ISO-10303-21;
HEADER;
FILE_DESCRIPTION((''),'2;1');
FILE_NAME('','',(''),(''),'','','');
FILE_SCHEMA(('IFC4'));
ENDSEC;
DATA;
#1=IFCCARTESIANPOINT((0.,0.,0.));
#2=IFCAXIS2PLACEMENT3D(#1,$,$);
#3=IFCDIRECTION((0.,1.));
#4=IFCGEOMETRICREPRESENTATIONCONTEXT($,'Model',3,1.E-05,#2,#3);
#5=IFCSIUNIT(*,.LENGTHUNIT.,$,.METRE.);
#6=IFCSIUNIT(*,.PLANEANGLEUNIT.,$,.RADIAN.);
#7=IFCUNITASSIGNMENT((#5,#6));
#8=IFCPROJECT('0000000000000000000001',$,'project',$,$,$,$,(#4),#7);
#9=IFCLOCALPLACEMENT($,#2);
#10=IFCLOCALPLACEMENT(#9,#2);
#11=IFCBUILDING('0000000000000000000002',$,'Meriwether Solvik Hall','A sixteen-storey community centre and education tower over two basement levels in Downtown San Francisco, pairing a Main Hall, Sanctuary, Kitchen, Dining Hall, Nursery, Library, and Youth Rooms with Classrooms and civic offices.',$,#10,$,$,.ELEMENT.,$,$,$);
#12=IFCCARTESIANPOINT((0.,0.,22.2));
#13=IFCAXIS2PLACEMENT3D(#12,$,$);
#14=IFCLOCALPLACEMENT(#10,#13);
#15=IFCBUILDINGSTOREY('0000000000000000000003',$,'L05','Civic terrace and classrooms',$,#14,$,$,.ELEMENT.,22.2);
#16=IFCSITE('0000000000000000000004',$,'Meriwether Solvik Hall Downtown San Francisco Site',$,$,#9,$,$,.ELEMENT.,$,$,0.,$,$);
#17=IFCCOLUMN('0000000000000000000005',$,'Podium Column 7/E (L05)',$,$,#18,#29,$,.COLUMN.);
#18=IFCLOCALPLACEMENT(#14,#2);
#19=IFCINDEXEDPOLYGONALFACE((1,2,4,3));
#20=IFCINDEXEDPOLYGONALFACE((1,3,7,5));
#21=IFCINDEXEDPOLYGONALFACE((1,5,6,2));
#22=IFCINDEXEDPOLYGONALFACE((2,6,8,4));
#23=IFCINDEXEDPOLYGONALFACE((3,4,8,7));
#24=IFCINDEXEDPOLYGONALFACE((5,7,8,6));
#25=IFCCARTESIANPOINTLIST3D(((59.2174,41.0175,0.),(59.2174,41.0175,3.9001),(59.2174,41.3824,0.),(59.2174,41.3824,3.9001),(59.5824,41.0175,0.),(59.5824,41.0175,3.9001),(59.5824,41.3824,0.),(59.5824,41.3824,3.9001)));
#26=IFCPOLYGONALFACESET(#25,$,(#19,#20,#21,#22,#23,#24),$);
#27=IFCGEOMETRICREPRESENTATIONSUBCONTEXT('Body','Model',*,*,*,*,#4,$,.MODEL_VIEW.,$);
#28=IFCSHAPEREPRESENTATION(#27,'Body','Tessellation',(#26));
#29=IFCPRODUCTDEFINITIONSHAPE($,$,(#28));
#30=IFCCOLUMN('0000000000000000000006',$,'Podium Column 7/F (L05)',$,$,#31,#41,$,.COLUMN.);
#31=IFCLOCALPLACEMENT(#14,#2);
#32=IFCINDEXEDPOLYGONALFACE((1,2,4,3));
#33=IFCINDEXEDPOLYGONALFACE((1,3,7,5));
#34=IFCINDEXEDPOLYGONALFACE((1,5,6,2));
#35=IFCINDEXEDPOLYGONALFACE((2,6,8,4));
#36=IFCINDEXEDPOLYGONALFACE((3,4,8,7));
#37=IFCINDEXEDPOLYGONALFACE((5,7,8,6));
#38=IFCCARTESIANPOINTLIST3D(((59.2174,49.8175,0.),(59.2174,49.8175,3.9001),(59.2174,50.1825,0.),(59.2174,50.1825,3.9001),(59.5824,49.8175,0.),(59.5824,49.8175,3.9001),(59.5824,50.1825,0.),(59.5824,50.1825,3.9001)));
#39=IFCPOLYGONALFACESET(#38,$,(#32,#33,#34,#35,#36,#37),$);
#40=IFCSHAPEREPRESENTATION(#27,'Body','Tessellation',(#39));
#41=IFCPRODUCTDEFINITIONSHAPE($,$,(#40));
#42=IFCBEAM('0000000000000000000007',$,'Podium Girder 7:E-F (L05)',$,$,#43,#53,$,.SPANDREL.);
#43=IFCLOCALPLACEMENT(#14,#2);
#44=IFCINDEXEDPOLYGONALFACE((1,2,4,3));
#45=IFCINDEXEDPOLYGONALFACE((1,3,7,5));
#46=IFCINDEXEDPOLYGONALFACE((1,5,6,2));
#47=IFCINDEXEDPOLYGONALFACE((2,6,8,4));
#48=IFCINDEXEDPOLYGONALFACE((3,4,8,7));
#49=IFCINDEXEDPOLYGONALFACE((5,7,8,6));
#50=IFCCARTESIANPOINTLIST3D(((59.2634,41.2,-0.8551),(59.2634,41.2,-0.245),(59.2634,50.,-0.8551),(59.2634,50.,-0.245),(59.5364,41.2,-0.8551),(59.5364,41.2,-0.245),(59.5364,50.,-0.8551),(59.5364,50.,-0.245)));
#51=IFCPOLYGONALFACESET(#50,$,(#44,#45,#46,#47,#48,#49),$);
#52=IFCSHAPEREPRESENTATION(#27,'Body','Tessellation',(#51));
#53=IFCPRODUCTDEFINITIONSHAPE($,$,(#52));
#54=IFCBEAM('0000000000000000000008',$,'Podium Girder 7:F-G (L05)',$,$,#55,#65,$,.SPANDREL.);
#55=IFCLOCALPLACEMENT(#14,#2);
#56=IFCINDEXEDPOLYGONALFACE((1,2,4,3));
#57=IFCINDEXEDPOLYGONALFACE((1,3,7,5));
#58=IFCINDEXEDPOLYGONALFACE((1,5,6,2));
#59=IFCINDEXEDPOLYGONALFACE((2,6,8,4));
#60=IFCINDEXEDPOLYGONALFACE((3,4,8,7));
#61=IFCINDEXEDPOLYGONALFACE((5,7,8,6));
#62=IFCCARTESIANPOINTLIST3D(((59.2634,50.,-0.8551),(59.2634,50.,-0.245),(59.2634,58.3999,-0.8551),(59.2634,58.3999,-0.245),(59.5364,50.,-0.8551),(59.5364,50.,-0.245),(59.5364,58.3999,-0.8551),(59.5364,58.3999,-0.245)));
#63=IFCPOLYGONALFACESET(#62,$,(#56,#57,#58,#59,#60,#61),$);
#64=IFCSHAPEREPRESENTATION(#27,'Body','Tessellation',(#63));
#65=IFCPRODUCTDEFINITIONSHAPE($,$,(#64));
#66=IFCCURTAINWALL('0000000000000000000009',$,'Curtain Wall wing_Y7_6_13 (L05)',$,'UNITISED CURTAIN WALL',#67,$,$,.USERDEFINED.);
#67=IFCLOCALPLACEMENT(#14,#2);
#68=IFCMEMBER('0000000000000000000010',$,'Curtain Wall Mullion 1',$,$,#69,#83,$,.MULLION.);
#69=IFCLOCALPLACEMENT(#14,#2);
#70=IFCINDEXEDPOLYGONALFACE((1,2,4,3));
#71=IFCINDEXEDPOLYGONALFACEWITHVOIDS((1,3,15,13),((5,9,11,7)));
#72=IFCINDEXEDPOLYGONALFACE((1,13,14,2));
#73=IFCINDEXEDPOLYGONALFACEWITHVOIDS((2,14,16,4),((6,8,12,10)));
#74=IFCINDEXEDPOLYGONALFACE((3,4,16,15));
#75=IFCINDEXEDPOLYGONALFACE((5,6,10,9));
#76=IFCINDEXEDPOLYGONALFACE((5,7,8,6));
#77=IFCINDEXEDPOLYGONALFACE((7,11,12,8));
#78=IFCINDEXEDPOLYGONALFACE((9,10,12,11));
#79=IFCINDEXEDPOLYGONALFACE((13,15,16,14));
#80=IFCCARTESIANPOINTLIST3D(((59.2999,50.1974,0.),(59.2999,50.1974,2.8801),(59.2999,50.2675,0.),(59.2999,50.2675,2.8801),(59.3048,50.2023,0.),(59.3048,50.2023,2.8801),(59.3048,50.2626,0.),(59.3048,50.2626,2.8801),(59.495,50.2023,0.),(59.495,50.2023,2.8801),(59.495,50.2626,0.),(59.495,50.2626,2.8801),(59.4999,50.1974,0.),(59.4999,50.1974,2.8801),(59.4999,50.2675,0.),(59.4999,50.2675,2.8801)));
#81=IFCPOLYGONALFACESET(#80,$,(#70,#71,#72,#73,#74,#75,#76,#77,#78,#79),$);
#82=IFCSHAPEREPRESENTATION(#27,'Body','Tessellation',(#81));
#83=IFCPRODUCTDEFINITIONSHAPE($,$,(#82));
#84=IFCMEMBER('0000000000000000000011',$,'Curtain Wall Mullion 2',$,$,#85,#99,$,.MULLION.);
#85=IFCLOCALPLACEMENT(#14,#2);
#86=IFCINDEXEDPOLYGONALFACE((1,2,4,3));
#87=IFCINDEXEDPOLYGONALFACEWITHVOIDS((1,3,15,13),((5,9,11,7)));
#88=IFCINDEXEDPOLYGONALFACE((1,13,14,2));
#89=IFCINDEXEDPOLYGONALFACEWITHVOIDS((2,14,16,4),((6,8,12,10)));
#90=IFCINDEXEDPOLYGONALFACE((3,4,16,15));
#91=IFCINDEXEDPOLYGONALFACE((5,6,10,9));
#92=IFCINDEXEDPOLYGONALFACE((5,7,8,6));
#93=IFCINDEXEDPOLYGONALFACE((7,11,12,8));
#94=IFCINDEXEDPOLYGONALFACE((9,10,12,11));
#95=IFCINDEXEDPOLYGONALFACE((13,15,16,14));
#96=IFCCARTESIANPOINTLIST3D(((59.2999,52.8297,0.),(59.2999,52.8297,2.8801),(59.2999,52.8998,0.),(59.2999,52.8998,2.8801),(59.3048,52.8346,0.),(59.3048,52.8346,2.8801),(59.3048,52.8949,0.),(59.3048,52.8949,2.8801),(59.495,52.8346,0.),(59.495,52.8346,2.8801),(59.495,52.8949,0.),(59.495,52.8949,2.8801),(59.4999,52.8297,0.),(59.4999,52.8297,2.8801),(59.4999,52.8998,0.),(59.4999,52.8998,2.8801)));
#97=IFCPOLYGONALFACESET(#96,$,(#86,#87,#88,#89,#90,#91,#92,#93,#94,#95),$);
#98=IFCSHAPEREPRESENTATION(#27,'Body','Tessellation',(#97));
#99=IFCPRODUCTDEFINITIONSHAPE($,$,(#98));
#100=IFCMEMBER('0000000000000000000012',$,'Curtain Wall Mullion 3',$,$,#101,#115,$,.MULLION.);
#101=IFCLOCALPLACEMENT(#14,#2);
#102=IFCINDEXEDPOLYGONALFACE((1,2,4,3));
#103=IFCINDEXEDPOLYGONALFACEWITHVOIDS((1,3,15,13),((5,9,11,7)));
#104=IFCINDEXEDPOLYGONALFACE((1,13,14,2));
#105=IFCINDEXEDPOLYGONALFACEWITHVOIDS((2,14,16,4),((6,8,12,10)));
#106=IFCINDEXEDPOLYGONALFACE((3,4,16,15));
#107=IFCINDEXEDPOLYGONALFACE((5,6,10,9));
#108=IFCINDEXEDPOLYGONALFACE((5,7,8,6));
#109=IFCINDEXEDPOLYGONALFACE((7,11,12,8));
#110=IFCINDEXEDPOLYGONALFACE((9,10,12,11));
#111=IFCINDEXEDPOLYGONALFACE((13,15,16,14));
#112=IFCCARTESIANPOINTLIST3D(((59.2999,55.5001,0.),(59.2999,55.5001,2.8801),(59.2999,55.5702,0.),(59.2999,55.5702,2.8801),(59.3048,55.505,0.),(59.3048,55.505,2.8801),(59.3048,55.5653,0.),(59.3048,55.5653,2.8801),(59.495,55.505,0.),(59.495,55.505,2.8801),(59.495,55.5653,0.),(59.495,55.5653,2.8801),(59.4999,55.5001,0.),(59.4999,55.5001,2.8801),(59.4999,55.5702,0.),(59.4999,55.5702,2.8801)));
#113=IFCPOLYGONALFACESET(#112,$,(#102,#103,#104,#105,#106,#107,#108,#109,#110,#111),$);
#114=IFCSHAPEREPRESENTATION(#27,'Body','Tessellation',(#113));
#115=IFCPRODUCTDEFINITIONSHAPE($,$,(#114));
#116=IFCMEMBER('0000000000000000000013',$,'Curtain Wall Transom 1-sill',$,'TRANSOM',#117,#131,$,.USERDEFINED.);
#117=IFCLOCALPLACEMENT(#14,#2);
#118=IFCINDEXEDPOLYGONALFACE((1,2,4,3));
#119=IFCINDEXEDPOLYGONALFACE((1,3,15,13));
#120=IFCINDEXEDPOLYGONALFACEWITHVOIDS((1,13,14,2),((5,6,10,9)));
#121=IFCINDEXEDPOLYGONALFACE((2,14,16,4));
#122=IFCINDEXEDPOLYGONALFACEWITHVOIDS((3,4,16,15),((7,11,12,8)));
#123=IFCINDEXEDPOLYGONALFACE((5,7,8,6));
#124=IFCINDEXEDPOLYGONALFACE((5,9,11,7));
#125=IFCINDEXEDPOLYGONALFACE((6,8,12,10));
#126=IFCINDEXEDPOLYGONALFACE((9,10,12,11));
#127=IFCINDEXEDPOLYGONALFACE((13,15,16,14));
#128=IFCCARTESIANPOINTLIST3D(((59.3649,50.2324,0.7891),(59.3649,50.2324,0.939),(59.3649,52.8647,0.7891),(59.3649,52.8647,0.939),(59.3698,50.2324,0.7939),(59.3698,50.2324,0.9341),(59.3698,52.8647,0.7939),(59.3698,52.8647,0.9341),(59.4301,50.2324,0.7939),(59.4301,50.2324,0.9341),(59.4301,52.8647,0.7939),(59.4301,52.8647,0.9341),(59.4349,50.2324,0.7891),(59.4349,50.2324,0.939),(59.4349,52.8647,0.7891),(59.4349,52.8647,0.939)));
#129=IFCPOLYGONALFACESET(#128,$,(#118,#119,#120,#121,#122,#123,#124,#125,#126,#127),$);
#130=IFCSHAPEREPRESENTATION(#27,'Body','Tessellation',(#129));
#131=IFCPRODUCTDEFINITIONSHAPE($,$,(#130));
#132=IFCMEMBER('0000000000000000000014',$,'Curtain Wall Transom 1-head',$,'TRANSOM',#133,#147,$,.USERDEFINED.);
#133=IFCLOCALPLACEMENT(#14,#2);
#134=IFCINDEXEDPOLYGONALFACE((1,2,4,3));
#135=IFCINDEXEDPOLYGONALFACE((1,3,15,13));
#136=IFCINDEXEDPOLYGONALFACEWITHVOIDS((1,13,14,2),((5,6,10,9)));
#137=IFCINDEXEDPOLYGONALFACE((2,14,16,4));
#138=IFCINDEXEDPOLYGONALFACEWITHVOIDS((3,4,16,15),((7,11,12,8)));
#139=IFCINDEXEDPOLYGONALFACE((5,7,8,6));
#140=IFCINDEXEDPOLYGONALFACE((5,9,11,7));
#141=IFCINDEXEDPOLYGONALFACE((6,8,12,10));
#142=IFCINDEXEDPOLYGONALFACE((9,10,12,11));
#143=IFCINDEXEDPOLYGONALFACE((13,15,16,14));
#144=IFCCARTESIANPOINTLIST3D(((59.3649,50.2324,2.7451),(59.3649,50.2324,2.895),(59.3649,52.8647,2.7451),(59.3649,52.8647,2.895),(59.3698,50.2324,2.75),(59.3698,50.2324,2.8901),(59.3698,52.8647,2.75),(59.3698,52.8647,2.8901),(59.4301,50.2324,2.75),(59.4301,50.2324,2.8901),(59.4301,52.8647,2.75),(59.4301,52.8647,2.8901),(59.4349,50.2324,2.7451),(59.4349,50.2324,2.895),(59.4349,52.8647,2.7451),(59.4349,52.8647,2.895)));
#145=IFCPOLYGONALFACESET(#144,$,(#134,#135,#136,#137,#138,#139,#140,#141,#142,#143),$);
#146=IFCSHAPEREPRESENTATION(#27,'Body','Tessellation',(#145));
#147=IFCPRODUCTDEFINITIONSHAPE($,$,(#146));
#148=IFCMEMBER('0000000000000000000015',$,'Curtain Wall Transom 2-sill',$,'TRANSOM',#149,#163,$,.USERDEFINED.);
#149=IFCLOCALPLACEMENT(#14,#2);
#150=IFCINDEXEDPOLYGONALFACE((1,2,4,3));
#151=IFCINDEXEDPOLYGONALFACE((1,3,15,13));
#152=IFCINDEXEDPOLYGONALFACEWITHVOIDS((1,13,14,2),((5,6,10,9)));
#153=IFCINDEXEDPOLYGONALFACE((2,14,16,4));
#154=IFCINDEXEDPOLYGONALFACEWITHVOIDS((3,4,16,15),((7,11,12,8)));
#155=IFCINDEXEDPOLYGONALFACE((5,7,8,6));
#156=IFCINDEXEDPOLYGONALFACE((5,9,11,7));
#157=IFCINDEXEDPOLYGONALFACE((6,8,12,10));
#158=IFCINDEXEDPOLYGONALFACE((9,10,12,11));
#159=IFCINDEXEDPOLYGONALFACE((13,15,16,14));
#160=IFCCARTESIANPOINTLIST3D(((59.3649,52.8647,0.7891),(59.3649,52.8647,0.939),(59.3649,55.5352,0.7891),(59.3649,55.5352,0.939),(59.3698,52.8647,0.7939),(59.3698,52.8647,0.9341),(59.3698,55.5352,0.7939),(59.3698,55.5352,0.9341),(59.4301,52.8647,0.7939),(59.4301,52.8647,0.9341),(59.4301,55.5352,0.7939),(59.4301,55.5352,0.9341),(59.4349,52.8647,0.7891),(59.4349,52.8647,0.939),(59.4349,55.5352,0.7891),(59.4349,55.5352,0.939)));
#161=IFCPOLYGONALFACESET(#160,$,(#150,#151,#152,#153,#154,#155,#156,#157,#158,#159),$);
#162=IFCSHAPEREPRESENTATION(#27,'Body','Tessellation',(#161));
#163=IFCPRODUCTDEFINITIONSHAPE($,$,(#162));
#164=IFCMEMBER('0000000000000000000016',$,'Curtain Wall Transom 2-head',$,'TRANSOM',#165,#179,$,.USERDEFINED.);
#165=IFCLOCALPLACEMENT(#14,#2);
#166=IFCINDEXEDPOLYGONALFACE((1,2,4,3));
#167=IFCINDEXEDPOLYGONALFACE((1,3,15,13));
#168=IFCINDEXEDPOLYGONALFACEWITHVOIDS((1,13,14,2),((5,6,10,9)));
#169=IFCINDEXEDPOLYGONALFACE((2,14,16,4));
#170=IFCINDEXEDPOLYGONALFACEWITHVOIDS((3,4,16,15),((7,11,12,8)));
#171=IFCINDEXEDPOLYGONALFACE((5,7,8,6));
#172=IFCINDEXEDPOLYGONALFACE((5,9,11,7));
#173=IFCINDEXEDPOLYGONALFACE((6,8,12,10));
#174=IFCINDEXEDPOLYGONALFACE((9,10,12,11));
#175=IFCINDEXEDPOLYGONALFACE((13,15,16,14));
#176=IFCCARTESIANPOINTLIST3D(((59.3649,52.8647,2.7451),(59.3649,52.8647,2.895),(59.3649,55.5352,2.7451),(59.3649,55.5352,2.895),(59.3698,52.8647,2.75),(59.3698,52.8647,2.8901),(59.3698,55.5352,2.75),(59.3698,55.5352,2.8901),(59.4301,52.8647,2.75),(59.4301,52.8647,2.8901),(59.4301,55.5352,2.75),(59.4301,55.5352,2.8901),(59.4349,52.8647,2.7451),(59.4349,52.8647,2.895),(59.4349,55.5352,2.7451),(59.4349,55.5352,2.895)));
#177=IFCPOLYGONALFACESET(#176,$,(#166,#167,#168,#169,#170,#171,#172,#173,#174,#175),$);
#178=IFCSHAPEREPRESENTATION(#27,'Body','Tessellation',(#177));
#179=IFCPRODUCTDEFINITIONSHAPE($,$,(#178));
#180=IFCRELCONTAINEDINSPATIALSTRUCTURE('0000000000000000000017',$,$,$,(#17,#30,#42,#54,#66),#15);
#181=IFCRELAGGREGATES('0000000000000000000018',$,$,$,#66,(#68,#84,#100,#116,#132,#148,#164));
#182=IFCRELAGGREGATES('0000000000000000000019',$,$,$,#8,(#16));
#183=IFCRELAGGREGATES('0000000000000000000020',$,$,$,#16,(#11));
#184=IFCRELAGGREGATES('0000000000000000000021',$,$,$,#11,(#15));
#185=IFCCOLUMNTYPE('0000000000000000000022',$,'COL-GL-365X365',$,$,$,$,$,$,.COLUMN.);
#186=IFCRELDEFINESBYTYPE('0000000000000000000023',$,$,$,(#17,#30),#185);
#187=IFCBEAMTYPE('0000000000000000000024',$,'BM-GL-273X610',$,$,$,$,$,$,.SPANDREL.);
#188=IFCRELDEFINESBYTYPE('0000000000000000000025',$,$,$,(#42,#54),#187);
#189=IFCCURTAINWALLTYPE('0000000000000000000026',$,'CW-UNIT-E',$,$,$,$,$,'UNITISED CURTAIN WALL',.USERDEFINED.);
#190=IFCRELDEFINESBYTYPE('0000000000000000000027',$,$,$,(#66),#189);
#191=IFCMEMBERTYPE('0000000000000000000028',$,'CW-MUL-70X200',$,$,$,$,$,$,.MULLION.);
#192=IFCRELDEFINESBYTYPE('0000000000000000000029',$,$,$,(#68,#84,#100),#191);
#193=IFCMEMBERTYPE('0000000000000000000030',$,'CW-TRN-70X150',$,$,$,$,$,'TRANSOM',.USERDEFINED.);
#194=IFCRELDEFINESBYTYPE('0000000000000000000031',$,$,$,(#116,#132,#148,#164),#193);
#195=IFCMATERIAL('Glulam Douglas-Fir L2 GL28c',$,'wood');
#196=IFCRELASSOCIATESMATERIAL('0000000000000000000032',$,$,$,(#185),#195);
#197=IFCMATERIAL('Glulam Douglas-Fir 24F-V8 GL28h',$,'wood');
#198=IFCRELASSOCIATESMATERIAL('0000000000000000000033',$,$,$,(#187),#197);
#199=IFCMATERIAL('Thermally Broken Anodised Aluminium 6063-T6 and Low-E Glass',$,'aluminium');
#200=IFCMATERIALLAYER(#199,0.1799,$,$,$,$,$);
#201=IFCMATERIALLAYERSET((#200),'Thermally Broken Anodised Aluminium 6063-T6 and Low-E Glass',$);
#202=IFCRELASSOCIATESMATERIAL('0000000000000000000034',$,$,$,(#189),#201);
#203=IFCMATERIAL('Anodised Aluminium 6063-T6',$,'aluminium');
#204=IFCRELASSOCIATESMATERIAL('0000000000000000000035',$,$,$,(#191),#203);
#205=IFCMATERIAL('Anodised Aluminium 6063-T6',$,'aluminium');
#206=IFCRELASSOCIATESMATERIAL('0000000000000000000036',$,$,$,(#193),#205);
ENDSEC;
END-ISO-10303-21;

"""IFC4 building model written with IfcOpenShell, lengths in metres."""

from ifc_helpers import new_model, si_unit, direction, frame, origin, origin_2d, place, context, subcontext, project, spatial, rectangle, hollow_rectangle, extrude, material, layer, layer_set, material_profile, profile_set, type_object, element, aggregate, save


model = new_model("IFC4")

# Units and contexts
model_context = context("Model", 3, precision=1e-05, world=origin(), true_north=direction((0.0, 1.0)))
body_context = subcontext(model_context, "Body", "Model", "MODEL_VIEW")
ifc_project = project(units=[si_unit("LENGTHUNIT", "METRE"), si_unit("PLANEANGLEUNIT", "RADIAN")], contexts=[model_context])

# Site, building, storey
site_placement = place(None, origin())
site = spatial("IfcSite", under=ifc_project, at=site_placement, Name="Meriwether Solvik Hall Downtown San Francisco Site", CompositionType="ELEMENT", RefElevation=0.0)
building_placement = place(site_placement, origin())
building = spatial("IfcBuilding", under=site, at=building_placement, Name="Meriwether Solvik Hall", Description="A sixteen-storey community centre and education tower over two basement levels in Downtown San Francisco, pairing a Main Hall, Sanctuary, Kitchen, Dining Hall, Nursery, Library, and Youth Rooms with Classrooms and civic offices.", CompositionType="ELEMENT")
storey_placement = place(building_placement, frame((0.0, 0.0, 22.2)))
storey = spatial("IfcBuildingStorey", under=building, at=storey_placement, Name="L05", Description="Civic terrace and classrooms", CompositionType="ELEMENT", Elevation=22.2)

# Columns
ifc_material_1 = material(Name="Glulam Douglas-Fir L2 GL28c", Category="wood")
ifc_material_profile_1 = material_profile(ifc_material_1, rectangle(XDim=0.365, YDim=0.365, at=origin_2d()), Name="GLC-365X365")
ifc_profile_set_1 = profile_set([ifc_material_profile_1], Name="Glulam Douglas-Fir L2 GL28c")
column_type = type_object("IfcColumnType", Name="COL-GL-365X365", PredefinedType="COLUMN", material=ifc_profile_set_1)
for number, where, z_axis, x_axis, name in (
    (1, (59.3999, 41.2, 0.0), (0.0, 0.0, 1.0), (1.0, 0.0, 0.0), "Podium Column 7/E (L05)"),
    (2, (59.3999, 50.0, 0.0), (0.0, 0.0, 1.0), (1.0, 0.0, 0.0), "Podium Column 7/F (L05)"),
):
    element("IfcColumn", number, at=place(storey_placement, frame(where, z_axis=z_axis, x_axis=x_axis)), inside=storey, type_object=column_type, Name=name, PredefinedType="COLUMN", context=body_context, shape_type="SweptSolid", body=[
        extrude(rectangle(XDim=0.365, YDim=0.365, at=origin_2d()), origin(), (0.0, 0.0, 1.0), 3.9001),
    ])

# Beams
ifc_material_2 = material(Name="Glulam Douglas-Fir 24F-V8 GL28h", Category="wood")
ifc_material_profile_2 = material_profile(ifc_material_2, rectangle(XDim=0.2729, YDim=0.6101, at=origin_2d()), Name="GLB-273X610")
ifc_profile_set_2 = profile_set([ifc_material_profile_2], Name="Glulam Douglas-Fir 24F-V8 GL28h")
beam_type = type_object("IfcBeamType", Name="BM-GL-273X610", PredefinedType="SPANDREL", material=ifc_profile_set_2)
beam_1_placement = place(storey_placement, frame((59.3999, 41.2, -0.55), z_axis=(0.0, 1.0, 0.0), x_axis=(-1.0, 0.0, 0.0)))
element("IfcBeam", 3, at=beam_1_placement, inside=storey, type_object=beam_type, Name="Podium Girder 7:E-F (L05)", PredefinedType="SPANDREL", context=body_context, shape_type="SweptSolid", body=[
    extrude(rectangle(XDim=0.2729, YDim=0.6101, at=origin_2d()), origin(), (0.0, 0.0, 1.0), 8.8),
])
beam_2_placement = place(storey_placement, frame((59.3999, 50.0, -0.55), z_axis=(0.0, 1.0, 0.0), x_axis=(-1.0, 0.0, 0.0)))
element("IfcBeam", 4, at=beam_2_placement, inside=storey, type_object=beam_type, Name="Podium Girder 7:F-G (L05)", PredefinedType="SPANDREL", context=body_context, shape_type="SweptSolid", body=[
    extrude(rectangle(XDim=0.2729, YDim=0.6101, at=origin_2d()), origin(), (0.0, 0.0, 1.0), 8.3999),
])

# Curtain wall, members
ifc_material_3 = material(Name="Thermally Broken Anodised Aluminium 6063-T6 and Low-E Glass", Category="aluminium")
ifc_layer_1 = layer(ifc_material_3, 0.1799)
ifc_layer_set_1 = layer_set([ifc_layer_1], Name="Thermally Broken Anodised Aluminium 6063-T6 and Low-E Glass")
curtain_wall_type = type_object("IfcCurtainWallType", Name="CW-UNIT-E", ElementType="UNITISED CURTAIN WALL", PredefinedType="USERDEFINED", material=ifc_layer_set_1)
curtain_wall_placement = place(storey_placement, origin())
curtain_wall = element("IfcCurtainWall", 5, at=curtain_wall_placement, inside=storey, type_object=curtain_wall_type, Name="Curtain Wall wing_Y7_6_13 (L05)", ObjectType="UNITISED CURTAIN WALL", PredefinedType="USERDEFINED")
ifc_material_4 = material(Name="Anodised Aluminium 6063-T6", Category="aluminium")
ifc_material_profile_3 = material_profile(ifc_material_4, hollow_rectangle(XDim=0.0701, YDim=0.2, WallThickness=0.0049, at=origin_2d()), Name="CWM-70X200")
ifc_profile_set_3 = profile_set([ifc_material_profile_3], Name="Anodised Aluminium 6063-T6")
member_type_1 = type_object("IfcMemberType", Name="CW-MUL-70X200", PredefinedType="MULLION", material=ifc_profile_set_3)
member_1_placement = place(storey_placement, frame((59.3999, 50.2324, 0.0), z_axis=(0.0, 0.0, 1.0), x_axis=(0.0, 1.0, 0.0)))
member_1 = element("IfcMember", 6, at=member_1_placement, type_object=member_type_1, Name="Curtain Wall Mullion 1", PredefinedType="MULLION", context=body_context, shape_type="SweptSolid", body=[
    extrude(hollow_rectangle(XDim=0.0701, YDim=0.2, WallThickness=0.0049, at=origin_2d()), origin(), (0.0, 0.0, 1.0), 2.8801),
])
member_2_placement = place(storey_placement, frame((59.3999, 52.8647, 0.0), z_axis=(0.0, 0.0, 1.0), x_axis=(0.0, 1.0, 0.0)))
member_2 = element("IfcMember", 7, at=member_2_placement, type_object=member_type_1, Name="Curtain Wall Mullion 2", PredefinedType="MULLION", context=body_context, shape_type="SweptSolid", body=[
    extrude(hollow_rectangle(XDim=0.0701, YDim=0.2, WallThickness=0.0049, at=origin_2d()), origin(), (0.0, 0.0, 1.0), 2.8801),
])
member_3_placement = place(storey_placement, frame((59.3999, 55.5352, 0.0), z_axis=(0.0, 0.0, 1.0), x_axis=(0.0, 1.0, 0.0)))
member_3 = element("IfcMember", 8, at=member_3_placement, type_object=member_type_1, Name="Curtain Wall Mullion 3", PredefinedType="MULLION", context=body_context, shape_type="SweptSolid", body=[
    extrude(hollow_rectangle(XDim=0.0701, YDim=0.2, WallThickness=0.0049, at=origin_2d()), origin(), (0.0, 0.0, 1.0), 2.8801),
])
ifc_material_5 = material(Name="Anodised Aluminium 6063-T6", Category="aluminium")
ifc_material_profile_4 = material_profile(ifc_material_5, hollow_rectangle(XDim=0.0701, YDim=0.1499, WallThickness=0.0049, at=origin_2d()), Name="CWT-70X150")
ifc_profile_set_4 = profile_set([ifc_material_profile_4], Name="Anodised Aluminium 6063-T6")
member_type_2 = type_object("IfcMemberType", Name="CW-TRN-70X150", ElementType="TRANSOM", PredefinedType="USERDEFINED", material=ifc_profile_set_4)
member_4_placement = place(storey_placement, frame((59.3999, 50.2324, 0.864), z_axis=(0.0, 1.0, 0.0), x_axis=(-1.0, 0.0, 0.0)))
member_4 = element("IfcMember", 9, at=member_4_placement, type_object=member_type_2, Name="Curtain Wall Transom 1-sill", ObjectType="TRANSOM", PredefinedType="USERDEFINED", context=body_context, shape_type="SweptSolid", body=[
    extrude(hollow_rectangle(XDim=0.0701, YDim=0.1499, WallThickness=0.0049, at=origin_2d()), origin(), (0.0, 0.0, 1.0), 2.6323),
])
member_5_placement = place(storey_placement, frame((59.3999, 50.2324, 2.8201), z_axis=(0.0, 1.0, 0.0), x_axis=(-1.0, 0.0, 0.0)))
member_5 = element("IfcMember", 10, at=member_5_placement, type_object=member_type_2, Name="Curtain Wall Transom 1-head", ObjectType="TRANSOM", PredefinedType="USERDEFINED", context=body_context, shape_type="SweptSolid", body=[
    extrude(hollow_rectangle(XDim=0.0701, YDim=0.1499, WallThickness=0.0049, at=origin_2d()), origin(), (0.0, 0.0, 1.0), 2.6323),
])
member_6_placement = place(storey_placement, frame((59.3999, 52.8647, 0.864), z_axis=(0.0, 1.0, 0.0), x_axis=(-1.0, 0.0, 0.0)))
member_6 = element("IfcMember", 11, at=member_6_placement, type_object=member_type_2, Name="Curtain Wall Transom 2-sill", ObjectType="TRANSOM", PredefinedType="USERDEFINED", context=body_context, shape_type="SweptSolid", body=[
    extrude(hollow_rectangle(XDim=0.0701, YDim=0.1499, WallThickness=0.0049, at=origin_2d()), origin(), (0.0, 0.0, 1.0), 2.6704),
])
member_7_placement = place(storey_placement, frame((59.3999, 52.8647, 2.8201), z_axis=(0.0, 1.0, 0.0), x_axis=(-1.0, 0.0, 0.0)))
member_7 = element("IfcMember", 12, at=member_7_placement, type_object=member_type_2, Name="Curtain Wall Transom 2-head", ObjectType="TRANSOM", PredefinedType="USERDEFINED", context=body_context, shape_type="SweptSolid", body=[
    extrude(hollow_rectangle(XDim=0.0701, YDim=0.1499, WallThickness=0.0049, at=origin_2d()), origin(), (0.0, 0.0, 1.0), 2.6704),
])
aggregate(curtain_wall, [member_1, member_2, member_3, member_4, member_5, member_6, member_7])

save(model, "model.ifc")
